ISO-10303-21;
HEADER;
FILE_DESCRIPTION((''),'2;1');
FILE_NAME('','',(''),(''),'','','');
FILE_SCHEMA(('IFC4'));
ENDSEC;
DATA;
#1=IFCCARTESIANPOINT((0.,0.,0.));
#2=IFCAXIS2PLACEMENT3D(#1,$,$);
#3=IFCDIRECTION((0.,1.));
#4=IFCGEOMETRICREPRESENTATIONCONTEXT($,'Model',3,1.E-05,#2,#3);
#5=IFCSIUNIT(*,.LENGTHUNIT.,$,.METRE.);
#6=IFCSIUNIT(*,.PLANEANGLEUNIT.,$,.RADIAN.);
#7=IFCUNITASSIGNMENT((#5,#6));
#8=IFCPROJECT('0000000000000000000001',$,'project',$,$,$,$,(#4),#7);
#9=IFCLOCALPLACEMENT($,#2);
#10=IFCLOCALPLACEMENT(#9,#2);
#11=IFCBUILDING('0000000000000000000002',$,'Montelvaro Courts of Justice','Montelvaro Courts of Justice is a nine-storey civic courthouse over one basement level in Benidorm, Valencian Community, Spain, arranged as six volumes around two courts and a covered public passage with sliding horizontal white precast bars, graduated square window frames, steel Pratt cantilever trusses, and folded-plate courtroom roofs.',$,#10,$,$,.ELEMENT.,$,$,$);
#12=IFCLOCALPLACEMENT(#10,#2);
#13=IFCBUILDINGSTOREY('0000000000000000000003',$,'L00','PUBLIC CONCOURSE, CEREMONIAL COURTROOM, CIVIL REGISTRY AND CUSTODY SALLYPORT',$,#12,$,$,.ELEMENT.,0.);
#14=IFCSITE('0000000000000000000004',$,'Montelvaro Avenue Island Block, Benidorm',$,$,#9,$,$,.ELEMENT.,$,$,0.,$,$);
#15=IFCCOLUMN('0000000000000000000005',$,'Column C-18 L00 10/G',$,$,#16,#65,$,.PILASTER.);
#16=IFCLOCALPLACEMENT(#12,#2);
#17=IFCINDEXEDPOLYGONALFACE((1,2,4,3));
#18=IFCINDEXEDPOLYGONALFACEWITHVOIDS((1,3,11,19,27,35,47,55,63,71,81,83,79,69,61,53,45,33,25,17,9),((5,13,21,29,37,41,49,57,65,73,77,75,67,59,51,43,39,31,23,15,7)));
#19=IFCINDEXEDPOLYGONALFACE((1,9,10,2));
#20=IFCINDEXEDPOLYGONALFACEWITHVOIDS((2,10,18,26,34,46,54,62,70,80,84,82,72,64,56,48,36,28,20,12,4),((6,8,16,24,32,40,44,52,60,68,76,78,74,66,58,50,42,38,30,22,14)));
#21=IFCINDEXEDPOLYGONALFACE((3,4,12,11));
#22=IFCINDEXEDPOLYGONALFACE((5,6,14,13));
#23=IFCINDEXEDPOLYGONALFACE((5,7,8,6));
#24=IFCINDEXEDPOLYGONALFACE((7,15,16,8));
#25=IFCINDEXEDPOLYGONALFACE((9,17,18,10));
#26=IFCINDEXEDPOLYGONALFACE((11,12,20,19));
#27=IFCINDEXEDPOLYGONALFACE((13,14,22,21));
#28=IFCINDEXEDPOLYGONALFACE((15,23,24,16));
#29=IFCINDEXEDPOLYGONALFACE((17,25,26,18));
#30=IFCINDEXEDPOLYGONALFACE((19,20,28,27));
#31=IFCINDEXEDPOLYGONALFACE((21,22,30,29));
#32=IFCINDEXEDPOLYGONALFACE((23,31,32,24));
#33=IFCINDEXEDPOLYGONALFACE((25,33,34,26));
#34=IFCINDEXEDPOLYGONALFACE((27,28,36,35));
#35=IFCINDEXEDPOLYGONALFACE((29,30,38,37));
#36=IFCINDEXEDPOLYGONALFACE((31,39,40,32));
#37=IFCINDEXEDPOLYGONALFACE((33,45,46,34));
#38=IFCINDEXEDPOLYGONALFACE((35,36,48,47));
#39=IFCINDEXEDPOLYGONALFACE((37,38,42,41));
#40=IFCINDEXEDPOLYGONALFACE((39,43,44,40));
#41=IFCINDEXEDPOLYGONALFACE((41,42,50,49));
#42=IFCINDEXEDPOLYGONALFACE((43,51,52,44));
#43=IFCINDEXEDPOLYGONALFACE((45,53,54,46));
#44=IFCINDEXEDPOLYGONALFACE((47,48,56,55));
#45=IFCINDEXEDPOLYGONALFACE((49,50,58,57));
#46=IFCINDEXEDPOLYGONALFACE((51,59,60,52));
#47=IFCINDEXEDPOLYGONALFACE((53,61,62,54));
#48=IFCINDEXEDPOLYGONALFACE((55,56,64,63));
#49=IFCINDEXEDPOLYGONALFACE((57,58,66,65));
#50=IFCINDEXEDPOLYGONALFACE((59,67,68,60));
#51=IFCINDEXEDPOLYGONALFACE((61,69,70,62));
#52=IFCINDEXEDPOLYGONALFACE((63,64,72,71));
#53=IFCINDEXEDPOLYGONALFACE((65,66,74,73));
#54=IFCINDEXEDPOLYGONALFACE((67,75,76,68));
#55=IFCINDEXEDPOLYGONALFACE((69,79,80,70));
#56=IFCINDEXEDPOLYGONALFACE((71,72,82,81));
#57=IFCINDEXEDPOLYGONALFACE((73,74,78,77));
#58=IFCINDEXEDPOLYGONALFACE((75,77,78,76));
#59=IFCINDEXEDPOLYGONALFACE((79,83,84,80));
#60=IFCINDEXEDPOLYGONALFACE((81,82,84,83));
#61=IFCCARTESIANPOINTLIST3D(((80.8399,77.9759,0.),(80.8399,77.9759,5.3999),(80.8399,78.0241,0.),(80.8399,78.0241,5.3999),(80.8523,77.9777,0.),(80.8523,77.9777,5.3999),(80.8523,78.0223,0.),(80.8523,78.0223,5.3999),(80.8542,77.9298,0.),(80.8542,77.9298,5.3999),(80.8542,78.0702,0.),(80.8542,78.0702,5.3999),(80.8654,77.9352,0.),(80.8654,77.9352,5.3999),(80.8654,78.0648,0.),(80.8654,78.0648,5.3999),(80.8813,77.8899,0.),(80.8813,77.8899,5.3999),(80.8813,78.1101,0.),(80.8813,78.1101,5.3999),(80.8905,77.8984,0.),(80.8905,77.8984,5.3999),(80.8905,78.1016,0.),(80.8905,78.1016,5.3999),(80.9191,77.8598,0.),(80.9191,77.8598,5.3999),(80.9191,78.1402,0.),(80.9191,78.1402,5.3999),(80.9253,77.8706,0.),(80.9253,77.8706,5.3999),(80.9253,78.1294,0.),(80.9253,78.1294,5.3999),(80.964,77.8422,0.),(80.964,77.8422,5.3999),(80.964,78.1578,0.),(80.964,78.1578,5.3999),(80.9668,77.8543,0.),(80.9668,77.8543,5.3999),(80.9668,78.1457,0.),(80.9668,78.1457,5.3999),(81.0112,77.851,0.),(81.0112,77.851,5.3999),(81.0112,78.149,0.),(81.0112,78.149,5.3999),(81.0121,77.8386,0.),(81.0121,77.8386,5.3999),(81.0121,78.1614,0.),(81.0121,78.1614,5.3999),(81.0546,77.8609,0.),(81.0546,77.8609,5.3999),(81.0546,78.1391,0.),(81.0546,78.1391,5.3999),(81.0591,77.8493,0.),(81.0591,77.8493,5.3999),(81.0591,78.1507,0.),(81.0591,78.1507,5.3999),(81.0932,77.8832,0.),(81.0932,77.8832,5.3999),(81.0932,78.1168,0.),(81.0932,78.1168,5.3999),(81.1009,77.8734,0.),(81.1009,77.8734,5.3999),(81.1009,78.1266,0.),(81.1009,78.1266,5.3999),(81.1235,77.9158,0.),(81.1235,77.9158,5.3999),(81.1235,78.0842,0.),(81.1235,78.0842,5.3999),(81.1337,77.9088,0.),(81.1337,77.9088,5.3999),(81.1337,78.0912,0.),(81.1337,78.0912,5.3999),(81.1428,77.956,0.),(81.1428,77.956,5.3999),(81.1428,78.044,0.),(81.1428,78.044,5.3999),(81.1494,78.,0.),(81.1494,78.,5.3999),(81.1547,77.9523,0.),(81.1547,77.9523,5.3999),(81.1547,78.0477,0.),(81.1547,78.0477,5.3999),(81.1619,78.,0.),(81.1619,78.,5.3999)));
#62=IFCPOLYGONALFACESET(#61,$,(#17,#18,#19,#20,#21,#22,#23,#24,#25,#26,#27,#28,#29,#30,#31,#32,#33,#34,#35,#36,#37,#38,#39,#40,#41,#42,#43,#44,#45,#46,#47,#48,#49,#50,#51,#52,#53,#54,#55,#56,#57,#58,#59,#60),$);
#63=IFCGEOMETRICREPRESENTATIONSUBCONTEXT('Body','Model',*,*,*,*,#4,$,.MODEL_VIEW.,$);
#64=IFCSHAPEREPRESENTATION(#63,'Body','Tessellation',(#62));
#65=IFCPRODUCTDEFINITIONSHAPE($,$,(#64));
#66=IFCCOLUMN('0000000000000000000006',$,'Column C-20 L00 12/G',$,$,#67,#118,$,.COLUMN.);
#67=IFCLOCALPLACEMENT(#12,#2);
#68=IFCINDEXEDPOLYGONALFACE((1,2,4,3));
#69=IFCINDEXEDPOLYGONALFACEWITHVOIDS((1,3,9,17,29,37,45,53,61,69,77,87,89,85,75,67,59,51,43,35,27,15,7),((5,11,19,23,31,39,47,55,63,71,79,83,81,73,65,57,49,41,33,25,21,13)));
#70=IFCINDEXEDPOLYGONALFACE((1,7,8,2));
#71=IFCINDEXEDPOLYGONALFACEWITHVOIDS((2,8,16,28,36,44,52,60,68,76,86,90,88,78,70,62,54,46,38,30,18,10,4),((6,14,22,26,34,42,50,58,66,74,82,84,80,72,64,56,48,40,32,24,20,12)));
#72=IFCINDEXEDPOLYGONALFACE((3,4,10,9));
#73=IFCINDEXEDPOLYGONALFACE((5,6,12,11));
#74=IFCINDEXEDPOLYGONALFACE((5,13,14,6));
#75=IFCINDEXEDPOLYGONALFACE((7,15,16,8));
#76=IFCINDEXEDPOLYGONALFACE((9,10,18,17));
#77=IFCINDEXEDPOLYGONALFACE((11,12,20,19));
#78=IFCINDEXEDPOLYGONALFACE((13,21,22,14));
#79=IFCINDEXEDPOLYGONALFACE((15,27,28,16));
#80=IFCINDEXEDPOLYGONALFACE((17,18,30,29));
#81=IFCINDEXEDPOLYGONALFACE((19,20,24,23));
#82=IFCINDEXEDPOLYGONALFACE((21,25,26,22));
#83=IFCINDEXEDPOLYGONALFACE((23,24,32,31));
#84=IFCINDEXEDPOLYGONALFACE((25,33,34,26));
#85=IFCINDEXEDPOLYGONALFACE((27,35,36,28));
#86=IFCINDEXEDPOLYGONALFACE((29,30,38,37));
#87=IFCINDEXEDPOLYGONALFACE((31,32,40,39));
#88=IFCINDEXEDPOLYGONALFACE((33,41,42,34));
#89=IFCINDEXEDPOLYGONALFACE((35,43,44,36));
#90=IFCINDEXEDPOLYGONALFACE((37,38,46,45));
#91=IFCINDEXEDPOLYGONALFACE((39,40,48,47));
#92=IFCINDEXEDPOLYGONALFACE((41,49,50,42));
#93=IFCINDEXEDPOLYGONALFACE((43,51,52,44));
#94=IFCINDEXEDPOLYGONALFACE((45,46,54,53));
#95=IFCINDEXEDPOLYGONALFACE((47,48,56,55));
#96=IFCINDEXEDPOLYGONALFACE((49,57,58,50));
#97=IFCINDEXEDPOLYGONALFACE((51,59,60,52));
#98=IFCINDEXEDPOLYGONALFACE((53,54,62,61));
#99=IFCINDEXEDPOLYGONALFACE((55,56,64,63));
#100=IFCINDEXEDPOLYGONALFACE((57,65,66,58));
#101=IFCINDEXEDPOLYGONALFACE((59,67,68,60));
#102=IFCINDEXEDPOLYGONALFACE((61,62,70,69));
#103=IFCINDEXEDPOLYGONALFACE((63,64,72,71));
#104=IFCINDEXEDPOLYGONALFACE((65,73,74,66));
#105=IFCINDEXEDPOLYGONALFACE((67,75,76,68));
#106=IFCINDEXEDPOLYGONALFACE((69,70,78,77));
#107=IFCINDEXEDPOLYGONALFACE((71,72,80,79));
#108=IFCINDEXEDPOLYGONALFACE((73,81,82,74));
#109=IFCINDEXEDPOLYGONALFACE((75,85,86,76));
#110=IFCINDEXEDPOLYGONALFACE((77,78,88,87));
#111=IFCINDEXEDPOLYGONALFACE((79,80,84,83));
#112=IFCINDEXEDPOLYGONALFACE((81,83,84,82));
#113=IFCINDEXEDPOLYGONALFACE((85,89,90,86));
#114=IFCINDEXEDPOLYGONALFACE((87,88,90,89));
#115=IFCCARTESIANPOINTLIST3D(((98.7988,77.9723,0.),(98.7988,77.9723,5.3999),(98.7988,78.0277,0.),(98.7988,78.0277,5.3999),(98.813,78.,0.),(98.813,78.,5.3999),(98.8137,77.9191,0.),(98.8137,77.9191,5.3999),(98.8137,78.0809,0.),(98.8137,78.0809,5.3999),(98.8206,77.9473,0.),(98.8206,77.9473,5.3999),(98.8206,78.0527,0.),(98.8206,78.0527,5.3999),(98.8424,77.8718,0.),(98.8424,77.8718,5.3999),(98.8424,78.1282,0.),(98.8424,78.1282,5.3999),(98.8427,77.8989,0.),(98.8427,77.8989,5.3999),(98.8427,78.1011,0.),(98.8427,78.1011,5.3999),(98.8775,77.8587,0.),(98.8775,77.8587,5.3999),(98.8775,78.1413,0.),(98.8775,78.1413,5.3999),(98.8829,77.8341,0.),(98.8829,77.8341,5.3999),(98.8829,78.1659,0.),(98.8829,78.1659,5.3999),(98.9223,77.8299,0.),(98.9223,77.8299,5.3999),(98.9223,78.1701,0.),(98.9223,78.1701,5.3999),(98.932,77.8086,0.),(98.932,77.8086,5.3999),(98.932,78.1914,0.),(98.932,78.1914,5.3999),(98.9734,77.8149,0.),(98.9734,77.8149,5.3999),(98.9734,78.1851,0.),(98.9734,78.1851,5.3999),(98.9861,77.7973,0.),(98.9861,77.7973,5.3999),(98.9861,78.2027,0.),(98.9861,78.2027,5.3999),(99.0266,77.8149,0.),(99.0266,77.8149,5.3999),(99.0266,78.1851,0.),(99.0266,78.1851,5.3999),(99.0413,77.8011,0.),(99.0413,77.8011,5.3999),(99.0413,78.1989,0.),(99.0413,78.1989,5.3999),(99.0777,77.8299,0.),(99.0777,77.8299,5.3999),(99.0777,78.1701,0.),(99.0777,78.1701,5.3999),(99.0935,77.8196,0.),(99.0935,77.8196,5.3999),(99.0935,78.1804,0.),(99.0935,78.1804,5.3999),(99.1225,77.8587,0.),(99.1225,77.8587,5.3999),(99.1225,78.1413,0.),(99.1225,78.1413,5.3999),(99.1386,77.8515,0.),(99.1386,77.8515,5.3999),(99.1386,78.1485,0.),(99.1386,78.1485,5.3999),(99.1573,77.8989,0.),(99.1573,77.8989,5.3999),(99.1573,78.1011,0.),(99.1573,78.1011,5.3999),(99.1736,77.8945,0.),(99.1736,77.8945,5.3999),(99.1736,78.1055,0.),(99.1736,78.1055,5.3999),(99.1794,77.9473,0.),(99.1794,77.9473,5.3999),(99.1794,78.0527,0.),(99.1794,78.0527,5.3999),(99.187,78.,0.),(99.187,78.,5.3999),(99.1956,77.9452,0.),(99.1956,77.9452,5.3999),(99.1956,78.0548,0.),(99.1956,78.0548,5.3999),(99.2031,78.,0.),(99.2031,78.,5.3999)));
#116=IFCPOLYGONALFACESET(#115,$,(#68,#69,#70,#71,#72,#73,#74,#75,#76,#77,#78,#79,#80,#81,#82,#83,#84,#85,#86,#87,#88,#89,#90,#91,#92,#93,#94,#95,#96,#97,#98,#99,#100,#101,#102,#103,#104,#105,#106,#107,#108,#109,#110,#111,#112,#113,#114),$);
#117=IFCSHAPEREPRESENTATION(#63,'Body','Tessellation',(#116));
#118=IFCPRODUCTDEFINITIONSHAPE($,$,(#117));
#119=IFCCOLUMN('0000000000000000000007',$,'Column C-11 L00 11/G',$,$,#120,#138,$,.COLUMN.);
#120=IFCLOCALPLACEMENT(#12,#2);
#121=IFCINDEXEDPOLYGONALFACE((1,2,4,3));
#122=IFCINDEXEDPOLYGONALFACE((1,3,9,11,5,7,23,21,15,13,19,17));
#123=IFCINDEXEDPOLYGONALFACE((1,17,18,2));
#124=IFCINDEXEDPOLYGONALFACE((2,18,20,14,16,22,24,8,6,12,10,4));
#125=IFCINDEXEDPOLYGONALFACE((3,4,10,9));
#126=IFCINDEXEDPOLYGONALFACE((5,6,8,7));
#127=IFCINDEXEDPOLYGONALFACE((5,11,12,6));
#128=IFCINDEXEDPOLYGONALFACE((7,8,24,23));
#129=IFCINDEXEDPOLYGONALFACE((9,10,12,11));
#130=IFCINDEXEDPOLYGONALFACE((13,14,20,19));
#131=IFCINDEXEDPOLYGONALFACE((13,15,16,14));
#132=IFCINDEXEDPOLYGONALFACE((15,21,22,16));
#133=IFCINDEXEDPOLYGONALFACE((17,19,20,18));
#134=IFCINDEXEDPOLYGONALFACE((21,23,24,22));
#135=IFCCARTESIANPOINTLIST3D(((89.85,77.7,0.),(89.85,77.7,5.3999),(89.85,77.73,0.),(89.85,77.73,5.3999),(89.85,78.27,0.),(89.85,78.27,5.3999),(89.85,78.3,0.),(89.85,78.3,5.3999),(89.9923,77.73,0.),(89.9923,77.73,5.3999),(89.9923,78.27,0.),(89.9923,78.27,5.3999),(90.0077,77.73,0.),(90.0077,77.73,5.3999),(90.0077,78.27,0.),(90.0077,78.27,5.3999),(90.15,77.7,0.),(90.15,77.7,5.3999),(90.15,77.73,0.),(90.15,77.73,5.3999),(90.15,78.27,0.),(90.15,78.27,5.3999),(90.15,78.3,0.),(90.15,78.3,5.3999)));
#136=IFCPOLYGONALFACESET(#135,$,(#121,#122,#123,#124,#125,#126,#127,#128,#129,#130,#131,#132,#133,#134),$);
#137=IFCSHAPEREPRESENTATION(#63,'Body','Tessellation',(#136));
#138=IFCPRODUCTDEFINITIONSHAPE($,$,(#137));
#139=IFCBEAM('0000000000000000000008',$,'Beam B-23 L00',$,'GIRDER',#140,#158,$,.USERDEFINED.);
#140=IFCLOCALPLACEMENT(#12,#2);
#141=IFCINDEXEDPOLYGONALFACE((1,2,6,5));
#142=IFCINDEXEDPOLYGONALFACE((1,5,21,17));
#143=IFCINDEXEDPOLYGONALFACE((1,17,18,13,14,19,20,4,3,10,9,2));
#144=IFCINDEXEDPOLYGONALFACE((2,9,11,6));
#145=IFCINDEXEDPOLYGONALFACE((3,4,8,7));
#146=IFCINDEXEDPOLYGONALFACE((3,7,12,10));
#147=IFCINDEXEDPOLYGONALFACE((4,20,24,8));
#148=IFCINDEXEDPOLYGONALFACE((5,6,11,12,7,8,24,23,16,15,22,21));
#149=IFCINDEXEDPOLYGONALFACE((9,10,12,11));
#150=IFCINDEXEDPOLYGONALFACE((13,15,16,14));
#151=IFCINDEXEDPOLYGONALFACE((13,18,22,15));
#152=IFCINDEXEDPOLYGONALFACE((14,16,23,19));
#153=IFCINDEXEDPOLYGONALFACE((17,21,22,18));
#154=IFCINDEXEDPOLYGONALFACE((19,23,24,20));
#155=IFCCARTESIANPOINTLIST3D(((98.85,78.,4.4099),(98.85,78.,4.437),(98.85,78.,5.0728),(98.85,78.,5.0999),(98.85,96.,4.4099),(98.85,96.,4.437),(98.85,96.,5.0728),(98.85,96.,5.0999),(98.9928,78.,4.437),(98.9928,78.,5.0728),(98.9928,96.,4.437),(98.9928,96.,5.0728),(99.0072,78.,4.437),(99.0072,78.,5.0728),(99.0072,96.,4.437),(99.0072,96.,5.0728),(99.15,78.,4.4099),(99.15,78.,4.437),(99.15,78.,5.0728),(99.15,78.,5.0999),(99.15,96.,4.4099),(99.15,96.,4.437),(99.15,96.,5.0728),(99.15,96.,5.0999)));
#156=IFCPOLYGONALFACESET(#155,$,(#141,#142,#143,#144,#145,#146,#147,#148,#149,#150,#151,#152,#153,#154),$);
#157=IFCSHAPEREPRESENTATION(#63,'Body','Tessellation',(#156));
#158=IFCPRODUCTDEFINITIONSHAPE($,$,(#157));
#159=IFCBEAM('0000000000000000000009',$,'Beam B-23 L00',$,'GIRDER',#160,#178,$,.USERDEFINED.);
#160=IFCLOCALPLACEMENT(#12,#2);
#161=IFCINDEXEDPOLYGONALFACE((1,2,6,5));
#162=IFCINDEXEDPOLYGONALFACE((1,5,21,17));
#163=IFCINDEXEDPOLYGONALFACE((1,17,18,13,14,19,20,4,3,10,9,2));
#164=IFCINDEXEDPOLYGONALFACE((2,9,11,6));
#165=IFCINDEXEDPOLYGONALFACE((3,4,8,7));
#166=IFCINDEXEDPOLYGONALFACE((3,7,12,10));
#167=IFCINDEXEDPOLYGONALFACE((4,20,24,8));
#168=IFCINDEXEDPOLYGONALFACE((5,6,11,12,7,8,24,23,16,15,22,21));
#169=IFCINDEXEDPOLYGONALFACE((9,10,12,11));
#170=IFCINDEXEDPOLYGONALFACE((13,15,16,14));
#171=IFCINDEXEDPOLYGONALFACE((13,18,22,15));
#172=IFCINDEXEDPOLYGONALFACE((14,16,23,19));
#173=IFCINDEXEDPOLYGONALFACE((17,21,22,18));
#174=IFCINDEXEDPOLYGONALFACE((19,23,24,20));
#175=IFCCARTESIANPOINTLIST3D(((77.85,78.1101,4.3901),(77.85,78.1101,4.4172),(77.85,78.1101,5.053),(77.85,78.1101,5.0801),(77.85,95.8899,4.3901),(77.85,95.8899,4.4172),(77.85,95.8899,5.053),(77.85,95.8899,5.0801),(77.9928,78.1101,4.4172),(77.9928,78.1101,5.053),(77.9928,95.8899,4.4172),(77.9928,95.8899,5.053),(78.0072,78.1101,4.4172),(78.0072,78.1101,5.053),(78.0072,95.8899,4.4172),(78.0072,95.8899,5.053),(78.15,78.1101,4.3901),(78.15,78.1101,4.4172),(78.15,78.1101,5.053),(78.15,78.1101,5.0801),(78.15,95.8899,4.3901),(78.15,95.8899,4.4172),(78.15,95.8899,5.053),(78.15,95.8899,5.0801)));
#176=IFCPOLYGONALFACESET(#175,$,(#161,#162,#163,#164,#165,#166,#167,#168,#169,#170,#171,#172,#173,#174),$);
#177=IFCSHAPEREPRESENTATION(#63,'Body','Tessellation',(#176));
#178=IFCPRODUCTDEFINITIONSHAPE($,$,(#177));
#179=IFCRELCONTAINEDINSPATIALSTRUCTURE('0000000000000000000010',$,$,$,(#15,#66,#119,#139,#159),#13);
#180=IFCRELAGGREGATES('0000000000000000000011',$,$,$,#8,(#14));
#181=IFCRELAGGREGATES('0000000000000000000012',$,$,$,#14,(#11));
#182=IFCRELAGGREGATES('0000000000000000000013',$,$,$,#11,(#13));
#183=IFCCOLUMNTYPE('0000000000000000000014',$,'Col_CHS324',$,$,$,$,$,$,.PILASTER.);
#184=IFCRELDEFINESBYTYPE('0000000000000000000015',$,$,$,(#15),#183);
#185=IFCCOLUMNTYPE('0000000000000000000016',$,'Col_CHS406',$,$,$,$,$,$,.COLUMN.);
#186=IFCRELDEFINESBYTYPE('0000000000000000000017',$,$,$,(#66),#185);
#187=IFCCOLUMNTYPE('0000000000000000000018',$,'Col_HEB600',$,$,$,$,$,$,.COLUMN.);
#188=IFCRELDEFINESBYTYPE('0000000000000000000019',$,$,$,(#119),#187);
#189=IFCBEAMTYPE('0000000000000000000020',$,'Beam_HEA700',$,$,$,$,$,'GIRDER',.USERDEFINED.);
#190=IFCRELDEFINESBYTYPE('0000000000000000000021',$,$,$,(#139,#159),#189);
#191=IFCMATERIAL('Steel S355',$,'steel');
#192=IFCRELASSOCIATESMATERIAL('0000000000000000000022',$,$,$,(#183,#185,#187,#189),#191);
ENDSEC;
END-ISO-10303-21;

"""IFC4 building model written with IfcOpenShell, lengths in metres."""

from ifc_helpers import new_model, si_unit, direction, frame, origin, origin_2d, place, context, subcontext, project, spatial, hollow_circle, i_section, extrude, material, material_profile, profile_set, type_object, element, save


model = new_model("IFC4")

# Units and contexts
model_context = context("Model", 3, precision=1e-05, world=origin(), true_north=direction((0.0, 1.0)))
body_context = subcontext(model_context, "Body", "Model", "MODEL_VIEW")
ifc_project = project(units=[si_unit("LENGTHUNIT", "METRE"), si_unit("PLANEANGLEUNIT", "RADIAN")], contexts=[model_context])

# Site, building, storey
site_placement = place(None, origin())
site = spatial("IfcSite", under=ifc_project, at=site_placement, Name="Montelvaro Avenue Island Block, Benidorm", CompositionType="ELEMENT", RefElevation=0.0)
building_placement = place(site_placement, origin())
building = spatial("IfcBuilding", under=site, at=building_placement, Name="Montelvaro Courts of Justice", Description="Montelvaro Courts of Justice is a nine-storey civic courthouse over one basement level in Benidorm, Valencian Community, Spain, arranged as six volumes around two courts and a covered public passage with sliding horizontal white precast bars, graduated square window frames, steel Pratt cantilever trusses, and folded-plate courtroom roofs.", CompositionType="ELEMENT")
storey_placement = place(building_placement, origin())
storey = spatial("IfcBuildingStorey", under=building, at=storey_placement, Name="L00", Description="PUBLIC CONCOURSE, CEREMONIAL COURTROOM, CIVIL REGISTRY AND CUSTODY SALLYPORT", CompositionType="ELEMENT", Elevation=0.0)

# Columns
ifc_material_1 = material(Name="Steel S355", Category="steel")
ifc_material_profile_1 = material_profile(ifc_material_1, hollow_circle(Radius=0.1619, WallThickness=0.0125, at=origin_2d()), Name="CHS 323.9x12.5")
ifc_profile_set_1 = profile_set([ifc_material_profile_1], Name="Steel S355")
column_type_1 = type_object("IfcColumnType", Name="Col_CHS324", PredefinedType="PILASTER", material=ifc_profile_set_1)
column_1_placement = place(storey_placement, frame((81.0, 78.0, 0.0), z_axis=(0.0, 0.0, 1.0), x_axis=(1.0, 0.0, 0.0)))
element("IfcColumn", 1, at=column_1_placement, inside=storey, type_object=column_type_1, Name="Column C-18 L00 10/G", PredefinedType="PILASTER", context=body_context, shape_type="SweptSolid", body=[
    extrude(hollow_circle(Radius=0.1619, WallThickness=0.0125, at=origin_2d()), origin(), (0.0, 0.0, 1.0), 5.3999),
])
ifc_material_profile_2 = material_profile(ifc_material_1, hollow_circle(Radius=0.2031, WallThickness=0.0161, at=origin_2d()), Name="CHS 406.4x16")
ifc_profile_set_2 = profile_set([ifc_material_profile_2], Name="Steel S355")
column_type_2 = type_object("IfcColumnType", Name="Col_CHS406", PredefinedType="COLUMN", material=ifc_profile_set_2)
column_2_placement = place(storey_placement, frame((99.0, 78.0, 0.0), z_axis=(0.0, 0.0, 1.0), x_axis=(1.0, 0.0, 0.0)))
element("IfcColumn", 2, at=column_2_placement, inside=storey, type_object=column_type_2, Name="Column C-20 L00 12/G", PredefinedType="COLUMN", context=body_context, shape_type="SweptSolid", body=[
    extrude(hollow_circle(Radius=0.2031, WallThickness=0.0161, at=origin_2d()), origin(), (0.0, 0.0, 1.0), 5.3999),
])
ifc_material_profile_3 = material_profile(ifc_material_1, i_section(OverallWidth=0.3, OverallDepth=0.6001, WebThickness=0.0154, FlangeThickness=0.03, at=origin_2d()), Name="HEB 600")
ifc_profile_set_3 = profile_set([ifc_material_profile_3], Name="Steel S355")
column_type_3 = type_object("IfcColumnType", Name="Col_HEB600", PredefinedType="COLUMN", material=ifc_profile_set_3)
column_3_placement = place(storey_placement, frame((90.0, 78.0, 0.0), z_axis=(0.0, 0.0, 1.0), x_axis=(1.0, 0.0, 0.0)))
element("IfcColumn", 3, at=column_3_placement, inside=storey, type_object=column_type_3, Name="Column C-11 L00 11/G", PredefinedType="COLUMN", context=body_context, shape_type="SweptSolid", body=[
    extrude(i_section(OverallWidth=0.3, OverallDepth=0.6001, WebThickness=0.0154, FlangeThickness=0.03, at=origin_2d()), origin(), (0.0, 0.0, 1.0), 5.3999),
])

# Beams
ifc_material_profile_4 = material_profile(ifc_material_1, i_section(OverallWidth=0.3, OverallDepth=0.6899, WebThickness=0.0144, FlangeThickness=0.0271, at=origin_2d()), Name="HEA 700")
ifc_profile_set_4 = profile_set([ifc_material_profile_4], Name="Steel S355")
beam_type_1 = type_object("IfcBeamType", Name="Beam_HEA700", ElementType="GIRDER", PredefinedType="USERDEFINED", material=ifc_profile_set_4)
beam_1_placement = place(storey_placement, frame((99.0, 78.0, 4.7549), z_axis=(0.0, 1.0, 0.0), x_axis=(-1.0, 0.0, 0.0)))
element("IfcBeam", 4, at=beam_1_placement, inside=storey, type_object=beam_type_1, Name="Beam B-23 L00", ObjectType="GIRDER", PredefinedType="USERDEFINED", context=body_context, shape_type="SweptSolid", body=[
    extrude(i_section(OverallWidth=0.3, OverallDepth=0.6899, WebThickness=0.0144, FlangeThickness=0.0271, at=origin_2d()), origin(), (0.0, 0.0, 1.0), 18.0),
])
beam_2_placement = place(storey_placement, frame((78.0, 78.1101, 4.7351), z_axis=(0.0, 1.0, 0.0), x_axis=(-1.0, 0.0, 0.0)))
element("IfcBeam", 5, at=beam_2_placement, inside=storey, type_object=beam_type_1, Name="Beam B-23 L00", ObjectType="GIRDER", PredefinedType="USERDEFINED", context=body_context, shape_type="SweptSolid", body=[
    extrude(i_section(OverallWidth=0.3, OverallDepth=0.6899, WebThickness=0.0144, FlangeThickness=0.0271, at=origin_2d()), origin(), (0.0, 0.0, 1.0), 17.7798),
])

save(model, "model.ifc")
